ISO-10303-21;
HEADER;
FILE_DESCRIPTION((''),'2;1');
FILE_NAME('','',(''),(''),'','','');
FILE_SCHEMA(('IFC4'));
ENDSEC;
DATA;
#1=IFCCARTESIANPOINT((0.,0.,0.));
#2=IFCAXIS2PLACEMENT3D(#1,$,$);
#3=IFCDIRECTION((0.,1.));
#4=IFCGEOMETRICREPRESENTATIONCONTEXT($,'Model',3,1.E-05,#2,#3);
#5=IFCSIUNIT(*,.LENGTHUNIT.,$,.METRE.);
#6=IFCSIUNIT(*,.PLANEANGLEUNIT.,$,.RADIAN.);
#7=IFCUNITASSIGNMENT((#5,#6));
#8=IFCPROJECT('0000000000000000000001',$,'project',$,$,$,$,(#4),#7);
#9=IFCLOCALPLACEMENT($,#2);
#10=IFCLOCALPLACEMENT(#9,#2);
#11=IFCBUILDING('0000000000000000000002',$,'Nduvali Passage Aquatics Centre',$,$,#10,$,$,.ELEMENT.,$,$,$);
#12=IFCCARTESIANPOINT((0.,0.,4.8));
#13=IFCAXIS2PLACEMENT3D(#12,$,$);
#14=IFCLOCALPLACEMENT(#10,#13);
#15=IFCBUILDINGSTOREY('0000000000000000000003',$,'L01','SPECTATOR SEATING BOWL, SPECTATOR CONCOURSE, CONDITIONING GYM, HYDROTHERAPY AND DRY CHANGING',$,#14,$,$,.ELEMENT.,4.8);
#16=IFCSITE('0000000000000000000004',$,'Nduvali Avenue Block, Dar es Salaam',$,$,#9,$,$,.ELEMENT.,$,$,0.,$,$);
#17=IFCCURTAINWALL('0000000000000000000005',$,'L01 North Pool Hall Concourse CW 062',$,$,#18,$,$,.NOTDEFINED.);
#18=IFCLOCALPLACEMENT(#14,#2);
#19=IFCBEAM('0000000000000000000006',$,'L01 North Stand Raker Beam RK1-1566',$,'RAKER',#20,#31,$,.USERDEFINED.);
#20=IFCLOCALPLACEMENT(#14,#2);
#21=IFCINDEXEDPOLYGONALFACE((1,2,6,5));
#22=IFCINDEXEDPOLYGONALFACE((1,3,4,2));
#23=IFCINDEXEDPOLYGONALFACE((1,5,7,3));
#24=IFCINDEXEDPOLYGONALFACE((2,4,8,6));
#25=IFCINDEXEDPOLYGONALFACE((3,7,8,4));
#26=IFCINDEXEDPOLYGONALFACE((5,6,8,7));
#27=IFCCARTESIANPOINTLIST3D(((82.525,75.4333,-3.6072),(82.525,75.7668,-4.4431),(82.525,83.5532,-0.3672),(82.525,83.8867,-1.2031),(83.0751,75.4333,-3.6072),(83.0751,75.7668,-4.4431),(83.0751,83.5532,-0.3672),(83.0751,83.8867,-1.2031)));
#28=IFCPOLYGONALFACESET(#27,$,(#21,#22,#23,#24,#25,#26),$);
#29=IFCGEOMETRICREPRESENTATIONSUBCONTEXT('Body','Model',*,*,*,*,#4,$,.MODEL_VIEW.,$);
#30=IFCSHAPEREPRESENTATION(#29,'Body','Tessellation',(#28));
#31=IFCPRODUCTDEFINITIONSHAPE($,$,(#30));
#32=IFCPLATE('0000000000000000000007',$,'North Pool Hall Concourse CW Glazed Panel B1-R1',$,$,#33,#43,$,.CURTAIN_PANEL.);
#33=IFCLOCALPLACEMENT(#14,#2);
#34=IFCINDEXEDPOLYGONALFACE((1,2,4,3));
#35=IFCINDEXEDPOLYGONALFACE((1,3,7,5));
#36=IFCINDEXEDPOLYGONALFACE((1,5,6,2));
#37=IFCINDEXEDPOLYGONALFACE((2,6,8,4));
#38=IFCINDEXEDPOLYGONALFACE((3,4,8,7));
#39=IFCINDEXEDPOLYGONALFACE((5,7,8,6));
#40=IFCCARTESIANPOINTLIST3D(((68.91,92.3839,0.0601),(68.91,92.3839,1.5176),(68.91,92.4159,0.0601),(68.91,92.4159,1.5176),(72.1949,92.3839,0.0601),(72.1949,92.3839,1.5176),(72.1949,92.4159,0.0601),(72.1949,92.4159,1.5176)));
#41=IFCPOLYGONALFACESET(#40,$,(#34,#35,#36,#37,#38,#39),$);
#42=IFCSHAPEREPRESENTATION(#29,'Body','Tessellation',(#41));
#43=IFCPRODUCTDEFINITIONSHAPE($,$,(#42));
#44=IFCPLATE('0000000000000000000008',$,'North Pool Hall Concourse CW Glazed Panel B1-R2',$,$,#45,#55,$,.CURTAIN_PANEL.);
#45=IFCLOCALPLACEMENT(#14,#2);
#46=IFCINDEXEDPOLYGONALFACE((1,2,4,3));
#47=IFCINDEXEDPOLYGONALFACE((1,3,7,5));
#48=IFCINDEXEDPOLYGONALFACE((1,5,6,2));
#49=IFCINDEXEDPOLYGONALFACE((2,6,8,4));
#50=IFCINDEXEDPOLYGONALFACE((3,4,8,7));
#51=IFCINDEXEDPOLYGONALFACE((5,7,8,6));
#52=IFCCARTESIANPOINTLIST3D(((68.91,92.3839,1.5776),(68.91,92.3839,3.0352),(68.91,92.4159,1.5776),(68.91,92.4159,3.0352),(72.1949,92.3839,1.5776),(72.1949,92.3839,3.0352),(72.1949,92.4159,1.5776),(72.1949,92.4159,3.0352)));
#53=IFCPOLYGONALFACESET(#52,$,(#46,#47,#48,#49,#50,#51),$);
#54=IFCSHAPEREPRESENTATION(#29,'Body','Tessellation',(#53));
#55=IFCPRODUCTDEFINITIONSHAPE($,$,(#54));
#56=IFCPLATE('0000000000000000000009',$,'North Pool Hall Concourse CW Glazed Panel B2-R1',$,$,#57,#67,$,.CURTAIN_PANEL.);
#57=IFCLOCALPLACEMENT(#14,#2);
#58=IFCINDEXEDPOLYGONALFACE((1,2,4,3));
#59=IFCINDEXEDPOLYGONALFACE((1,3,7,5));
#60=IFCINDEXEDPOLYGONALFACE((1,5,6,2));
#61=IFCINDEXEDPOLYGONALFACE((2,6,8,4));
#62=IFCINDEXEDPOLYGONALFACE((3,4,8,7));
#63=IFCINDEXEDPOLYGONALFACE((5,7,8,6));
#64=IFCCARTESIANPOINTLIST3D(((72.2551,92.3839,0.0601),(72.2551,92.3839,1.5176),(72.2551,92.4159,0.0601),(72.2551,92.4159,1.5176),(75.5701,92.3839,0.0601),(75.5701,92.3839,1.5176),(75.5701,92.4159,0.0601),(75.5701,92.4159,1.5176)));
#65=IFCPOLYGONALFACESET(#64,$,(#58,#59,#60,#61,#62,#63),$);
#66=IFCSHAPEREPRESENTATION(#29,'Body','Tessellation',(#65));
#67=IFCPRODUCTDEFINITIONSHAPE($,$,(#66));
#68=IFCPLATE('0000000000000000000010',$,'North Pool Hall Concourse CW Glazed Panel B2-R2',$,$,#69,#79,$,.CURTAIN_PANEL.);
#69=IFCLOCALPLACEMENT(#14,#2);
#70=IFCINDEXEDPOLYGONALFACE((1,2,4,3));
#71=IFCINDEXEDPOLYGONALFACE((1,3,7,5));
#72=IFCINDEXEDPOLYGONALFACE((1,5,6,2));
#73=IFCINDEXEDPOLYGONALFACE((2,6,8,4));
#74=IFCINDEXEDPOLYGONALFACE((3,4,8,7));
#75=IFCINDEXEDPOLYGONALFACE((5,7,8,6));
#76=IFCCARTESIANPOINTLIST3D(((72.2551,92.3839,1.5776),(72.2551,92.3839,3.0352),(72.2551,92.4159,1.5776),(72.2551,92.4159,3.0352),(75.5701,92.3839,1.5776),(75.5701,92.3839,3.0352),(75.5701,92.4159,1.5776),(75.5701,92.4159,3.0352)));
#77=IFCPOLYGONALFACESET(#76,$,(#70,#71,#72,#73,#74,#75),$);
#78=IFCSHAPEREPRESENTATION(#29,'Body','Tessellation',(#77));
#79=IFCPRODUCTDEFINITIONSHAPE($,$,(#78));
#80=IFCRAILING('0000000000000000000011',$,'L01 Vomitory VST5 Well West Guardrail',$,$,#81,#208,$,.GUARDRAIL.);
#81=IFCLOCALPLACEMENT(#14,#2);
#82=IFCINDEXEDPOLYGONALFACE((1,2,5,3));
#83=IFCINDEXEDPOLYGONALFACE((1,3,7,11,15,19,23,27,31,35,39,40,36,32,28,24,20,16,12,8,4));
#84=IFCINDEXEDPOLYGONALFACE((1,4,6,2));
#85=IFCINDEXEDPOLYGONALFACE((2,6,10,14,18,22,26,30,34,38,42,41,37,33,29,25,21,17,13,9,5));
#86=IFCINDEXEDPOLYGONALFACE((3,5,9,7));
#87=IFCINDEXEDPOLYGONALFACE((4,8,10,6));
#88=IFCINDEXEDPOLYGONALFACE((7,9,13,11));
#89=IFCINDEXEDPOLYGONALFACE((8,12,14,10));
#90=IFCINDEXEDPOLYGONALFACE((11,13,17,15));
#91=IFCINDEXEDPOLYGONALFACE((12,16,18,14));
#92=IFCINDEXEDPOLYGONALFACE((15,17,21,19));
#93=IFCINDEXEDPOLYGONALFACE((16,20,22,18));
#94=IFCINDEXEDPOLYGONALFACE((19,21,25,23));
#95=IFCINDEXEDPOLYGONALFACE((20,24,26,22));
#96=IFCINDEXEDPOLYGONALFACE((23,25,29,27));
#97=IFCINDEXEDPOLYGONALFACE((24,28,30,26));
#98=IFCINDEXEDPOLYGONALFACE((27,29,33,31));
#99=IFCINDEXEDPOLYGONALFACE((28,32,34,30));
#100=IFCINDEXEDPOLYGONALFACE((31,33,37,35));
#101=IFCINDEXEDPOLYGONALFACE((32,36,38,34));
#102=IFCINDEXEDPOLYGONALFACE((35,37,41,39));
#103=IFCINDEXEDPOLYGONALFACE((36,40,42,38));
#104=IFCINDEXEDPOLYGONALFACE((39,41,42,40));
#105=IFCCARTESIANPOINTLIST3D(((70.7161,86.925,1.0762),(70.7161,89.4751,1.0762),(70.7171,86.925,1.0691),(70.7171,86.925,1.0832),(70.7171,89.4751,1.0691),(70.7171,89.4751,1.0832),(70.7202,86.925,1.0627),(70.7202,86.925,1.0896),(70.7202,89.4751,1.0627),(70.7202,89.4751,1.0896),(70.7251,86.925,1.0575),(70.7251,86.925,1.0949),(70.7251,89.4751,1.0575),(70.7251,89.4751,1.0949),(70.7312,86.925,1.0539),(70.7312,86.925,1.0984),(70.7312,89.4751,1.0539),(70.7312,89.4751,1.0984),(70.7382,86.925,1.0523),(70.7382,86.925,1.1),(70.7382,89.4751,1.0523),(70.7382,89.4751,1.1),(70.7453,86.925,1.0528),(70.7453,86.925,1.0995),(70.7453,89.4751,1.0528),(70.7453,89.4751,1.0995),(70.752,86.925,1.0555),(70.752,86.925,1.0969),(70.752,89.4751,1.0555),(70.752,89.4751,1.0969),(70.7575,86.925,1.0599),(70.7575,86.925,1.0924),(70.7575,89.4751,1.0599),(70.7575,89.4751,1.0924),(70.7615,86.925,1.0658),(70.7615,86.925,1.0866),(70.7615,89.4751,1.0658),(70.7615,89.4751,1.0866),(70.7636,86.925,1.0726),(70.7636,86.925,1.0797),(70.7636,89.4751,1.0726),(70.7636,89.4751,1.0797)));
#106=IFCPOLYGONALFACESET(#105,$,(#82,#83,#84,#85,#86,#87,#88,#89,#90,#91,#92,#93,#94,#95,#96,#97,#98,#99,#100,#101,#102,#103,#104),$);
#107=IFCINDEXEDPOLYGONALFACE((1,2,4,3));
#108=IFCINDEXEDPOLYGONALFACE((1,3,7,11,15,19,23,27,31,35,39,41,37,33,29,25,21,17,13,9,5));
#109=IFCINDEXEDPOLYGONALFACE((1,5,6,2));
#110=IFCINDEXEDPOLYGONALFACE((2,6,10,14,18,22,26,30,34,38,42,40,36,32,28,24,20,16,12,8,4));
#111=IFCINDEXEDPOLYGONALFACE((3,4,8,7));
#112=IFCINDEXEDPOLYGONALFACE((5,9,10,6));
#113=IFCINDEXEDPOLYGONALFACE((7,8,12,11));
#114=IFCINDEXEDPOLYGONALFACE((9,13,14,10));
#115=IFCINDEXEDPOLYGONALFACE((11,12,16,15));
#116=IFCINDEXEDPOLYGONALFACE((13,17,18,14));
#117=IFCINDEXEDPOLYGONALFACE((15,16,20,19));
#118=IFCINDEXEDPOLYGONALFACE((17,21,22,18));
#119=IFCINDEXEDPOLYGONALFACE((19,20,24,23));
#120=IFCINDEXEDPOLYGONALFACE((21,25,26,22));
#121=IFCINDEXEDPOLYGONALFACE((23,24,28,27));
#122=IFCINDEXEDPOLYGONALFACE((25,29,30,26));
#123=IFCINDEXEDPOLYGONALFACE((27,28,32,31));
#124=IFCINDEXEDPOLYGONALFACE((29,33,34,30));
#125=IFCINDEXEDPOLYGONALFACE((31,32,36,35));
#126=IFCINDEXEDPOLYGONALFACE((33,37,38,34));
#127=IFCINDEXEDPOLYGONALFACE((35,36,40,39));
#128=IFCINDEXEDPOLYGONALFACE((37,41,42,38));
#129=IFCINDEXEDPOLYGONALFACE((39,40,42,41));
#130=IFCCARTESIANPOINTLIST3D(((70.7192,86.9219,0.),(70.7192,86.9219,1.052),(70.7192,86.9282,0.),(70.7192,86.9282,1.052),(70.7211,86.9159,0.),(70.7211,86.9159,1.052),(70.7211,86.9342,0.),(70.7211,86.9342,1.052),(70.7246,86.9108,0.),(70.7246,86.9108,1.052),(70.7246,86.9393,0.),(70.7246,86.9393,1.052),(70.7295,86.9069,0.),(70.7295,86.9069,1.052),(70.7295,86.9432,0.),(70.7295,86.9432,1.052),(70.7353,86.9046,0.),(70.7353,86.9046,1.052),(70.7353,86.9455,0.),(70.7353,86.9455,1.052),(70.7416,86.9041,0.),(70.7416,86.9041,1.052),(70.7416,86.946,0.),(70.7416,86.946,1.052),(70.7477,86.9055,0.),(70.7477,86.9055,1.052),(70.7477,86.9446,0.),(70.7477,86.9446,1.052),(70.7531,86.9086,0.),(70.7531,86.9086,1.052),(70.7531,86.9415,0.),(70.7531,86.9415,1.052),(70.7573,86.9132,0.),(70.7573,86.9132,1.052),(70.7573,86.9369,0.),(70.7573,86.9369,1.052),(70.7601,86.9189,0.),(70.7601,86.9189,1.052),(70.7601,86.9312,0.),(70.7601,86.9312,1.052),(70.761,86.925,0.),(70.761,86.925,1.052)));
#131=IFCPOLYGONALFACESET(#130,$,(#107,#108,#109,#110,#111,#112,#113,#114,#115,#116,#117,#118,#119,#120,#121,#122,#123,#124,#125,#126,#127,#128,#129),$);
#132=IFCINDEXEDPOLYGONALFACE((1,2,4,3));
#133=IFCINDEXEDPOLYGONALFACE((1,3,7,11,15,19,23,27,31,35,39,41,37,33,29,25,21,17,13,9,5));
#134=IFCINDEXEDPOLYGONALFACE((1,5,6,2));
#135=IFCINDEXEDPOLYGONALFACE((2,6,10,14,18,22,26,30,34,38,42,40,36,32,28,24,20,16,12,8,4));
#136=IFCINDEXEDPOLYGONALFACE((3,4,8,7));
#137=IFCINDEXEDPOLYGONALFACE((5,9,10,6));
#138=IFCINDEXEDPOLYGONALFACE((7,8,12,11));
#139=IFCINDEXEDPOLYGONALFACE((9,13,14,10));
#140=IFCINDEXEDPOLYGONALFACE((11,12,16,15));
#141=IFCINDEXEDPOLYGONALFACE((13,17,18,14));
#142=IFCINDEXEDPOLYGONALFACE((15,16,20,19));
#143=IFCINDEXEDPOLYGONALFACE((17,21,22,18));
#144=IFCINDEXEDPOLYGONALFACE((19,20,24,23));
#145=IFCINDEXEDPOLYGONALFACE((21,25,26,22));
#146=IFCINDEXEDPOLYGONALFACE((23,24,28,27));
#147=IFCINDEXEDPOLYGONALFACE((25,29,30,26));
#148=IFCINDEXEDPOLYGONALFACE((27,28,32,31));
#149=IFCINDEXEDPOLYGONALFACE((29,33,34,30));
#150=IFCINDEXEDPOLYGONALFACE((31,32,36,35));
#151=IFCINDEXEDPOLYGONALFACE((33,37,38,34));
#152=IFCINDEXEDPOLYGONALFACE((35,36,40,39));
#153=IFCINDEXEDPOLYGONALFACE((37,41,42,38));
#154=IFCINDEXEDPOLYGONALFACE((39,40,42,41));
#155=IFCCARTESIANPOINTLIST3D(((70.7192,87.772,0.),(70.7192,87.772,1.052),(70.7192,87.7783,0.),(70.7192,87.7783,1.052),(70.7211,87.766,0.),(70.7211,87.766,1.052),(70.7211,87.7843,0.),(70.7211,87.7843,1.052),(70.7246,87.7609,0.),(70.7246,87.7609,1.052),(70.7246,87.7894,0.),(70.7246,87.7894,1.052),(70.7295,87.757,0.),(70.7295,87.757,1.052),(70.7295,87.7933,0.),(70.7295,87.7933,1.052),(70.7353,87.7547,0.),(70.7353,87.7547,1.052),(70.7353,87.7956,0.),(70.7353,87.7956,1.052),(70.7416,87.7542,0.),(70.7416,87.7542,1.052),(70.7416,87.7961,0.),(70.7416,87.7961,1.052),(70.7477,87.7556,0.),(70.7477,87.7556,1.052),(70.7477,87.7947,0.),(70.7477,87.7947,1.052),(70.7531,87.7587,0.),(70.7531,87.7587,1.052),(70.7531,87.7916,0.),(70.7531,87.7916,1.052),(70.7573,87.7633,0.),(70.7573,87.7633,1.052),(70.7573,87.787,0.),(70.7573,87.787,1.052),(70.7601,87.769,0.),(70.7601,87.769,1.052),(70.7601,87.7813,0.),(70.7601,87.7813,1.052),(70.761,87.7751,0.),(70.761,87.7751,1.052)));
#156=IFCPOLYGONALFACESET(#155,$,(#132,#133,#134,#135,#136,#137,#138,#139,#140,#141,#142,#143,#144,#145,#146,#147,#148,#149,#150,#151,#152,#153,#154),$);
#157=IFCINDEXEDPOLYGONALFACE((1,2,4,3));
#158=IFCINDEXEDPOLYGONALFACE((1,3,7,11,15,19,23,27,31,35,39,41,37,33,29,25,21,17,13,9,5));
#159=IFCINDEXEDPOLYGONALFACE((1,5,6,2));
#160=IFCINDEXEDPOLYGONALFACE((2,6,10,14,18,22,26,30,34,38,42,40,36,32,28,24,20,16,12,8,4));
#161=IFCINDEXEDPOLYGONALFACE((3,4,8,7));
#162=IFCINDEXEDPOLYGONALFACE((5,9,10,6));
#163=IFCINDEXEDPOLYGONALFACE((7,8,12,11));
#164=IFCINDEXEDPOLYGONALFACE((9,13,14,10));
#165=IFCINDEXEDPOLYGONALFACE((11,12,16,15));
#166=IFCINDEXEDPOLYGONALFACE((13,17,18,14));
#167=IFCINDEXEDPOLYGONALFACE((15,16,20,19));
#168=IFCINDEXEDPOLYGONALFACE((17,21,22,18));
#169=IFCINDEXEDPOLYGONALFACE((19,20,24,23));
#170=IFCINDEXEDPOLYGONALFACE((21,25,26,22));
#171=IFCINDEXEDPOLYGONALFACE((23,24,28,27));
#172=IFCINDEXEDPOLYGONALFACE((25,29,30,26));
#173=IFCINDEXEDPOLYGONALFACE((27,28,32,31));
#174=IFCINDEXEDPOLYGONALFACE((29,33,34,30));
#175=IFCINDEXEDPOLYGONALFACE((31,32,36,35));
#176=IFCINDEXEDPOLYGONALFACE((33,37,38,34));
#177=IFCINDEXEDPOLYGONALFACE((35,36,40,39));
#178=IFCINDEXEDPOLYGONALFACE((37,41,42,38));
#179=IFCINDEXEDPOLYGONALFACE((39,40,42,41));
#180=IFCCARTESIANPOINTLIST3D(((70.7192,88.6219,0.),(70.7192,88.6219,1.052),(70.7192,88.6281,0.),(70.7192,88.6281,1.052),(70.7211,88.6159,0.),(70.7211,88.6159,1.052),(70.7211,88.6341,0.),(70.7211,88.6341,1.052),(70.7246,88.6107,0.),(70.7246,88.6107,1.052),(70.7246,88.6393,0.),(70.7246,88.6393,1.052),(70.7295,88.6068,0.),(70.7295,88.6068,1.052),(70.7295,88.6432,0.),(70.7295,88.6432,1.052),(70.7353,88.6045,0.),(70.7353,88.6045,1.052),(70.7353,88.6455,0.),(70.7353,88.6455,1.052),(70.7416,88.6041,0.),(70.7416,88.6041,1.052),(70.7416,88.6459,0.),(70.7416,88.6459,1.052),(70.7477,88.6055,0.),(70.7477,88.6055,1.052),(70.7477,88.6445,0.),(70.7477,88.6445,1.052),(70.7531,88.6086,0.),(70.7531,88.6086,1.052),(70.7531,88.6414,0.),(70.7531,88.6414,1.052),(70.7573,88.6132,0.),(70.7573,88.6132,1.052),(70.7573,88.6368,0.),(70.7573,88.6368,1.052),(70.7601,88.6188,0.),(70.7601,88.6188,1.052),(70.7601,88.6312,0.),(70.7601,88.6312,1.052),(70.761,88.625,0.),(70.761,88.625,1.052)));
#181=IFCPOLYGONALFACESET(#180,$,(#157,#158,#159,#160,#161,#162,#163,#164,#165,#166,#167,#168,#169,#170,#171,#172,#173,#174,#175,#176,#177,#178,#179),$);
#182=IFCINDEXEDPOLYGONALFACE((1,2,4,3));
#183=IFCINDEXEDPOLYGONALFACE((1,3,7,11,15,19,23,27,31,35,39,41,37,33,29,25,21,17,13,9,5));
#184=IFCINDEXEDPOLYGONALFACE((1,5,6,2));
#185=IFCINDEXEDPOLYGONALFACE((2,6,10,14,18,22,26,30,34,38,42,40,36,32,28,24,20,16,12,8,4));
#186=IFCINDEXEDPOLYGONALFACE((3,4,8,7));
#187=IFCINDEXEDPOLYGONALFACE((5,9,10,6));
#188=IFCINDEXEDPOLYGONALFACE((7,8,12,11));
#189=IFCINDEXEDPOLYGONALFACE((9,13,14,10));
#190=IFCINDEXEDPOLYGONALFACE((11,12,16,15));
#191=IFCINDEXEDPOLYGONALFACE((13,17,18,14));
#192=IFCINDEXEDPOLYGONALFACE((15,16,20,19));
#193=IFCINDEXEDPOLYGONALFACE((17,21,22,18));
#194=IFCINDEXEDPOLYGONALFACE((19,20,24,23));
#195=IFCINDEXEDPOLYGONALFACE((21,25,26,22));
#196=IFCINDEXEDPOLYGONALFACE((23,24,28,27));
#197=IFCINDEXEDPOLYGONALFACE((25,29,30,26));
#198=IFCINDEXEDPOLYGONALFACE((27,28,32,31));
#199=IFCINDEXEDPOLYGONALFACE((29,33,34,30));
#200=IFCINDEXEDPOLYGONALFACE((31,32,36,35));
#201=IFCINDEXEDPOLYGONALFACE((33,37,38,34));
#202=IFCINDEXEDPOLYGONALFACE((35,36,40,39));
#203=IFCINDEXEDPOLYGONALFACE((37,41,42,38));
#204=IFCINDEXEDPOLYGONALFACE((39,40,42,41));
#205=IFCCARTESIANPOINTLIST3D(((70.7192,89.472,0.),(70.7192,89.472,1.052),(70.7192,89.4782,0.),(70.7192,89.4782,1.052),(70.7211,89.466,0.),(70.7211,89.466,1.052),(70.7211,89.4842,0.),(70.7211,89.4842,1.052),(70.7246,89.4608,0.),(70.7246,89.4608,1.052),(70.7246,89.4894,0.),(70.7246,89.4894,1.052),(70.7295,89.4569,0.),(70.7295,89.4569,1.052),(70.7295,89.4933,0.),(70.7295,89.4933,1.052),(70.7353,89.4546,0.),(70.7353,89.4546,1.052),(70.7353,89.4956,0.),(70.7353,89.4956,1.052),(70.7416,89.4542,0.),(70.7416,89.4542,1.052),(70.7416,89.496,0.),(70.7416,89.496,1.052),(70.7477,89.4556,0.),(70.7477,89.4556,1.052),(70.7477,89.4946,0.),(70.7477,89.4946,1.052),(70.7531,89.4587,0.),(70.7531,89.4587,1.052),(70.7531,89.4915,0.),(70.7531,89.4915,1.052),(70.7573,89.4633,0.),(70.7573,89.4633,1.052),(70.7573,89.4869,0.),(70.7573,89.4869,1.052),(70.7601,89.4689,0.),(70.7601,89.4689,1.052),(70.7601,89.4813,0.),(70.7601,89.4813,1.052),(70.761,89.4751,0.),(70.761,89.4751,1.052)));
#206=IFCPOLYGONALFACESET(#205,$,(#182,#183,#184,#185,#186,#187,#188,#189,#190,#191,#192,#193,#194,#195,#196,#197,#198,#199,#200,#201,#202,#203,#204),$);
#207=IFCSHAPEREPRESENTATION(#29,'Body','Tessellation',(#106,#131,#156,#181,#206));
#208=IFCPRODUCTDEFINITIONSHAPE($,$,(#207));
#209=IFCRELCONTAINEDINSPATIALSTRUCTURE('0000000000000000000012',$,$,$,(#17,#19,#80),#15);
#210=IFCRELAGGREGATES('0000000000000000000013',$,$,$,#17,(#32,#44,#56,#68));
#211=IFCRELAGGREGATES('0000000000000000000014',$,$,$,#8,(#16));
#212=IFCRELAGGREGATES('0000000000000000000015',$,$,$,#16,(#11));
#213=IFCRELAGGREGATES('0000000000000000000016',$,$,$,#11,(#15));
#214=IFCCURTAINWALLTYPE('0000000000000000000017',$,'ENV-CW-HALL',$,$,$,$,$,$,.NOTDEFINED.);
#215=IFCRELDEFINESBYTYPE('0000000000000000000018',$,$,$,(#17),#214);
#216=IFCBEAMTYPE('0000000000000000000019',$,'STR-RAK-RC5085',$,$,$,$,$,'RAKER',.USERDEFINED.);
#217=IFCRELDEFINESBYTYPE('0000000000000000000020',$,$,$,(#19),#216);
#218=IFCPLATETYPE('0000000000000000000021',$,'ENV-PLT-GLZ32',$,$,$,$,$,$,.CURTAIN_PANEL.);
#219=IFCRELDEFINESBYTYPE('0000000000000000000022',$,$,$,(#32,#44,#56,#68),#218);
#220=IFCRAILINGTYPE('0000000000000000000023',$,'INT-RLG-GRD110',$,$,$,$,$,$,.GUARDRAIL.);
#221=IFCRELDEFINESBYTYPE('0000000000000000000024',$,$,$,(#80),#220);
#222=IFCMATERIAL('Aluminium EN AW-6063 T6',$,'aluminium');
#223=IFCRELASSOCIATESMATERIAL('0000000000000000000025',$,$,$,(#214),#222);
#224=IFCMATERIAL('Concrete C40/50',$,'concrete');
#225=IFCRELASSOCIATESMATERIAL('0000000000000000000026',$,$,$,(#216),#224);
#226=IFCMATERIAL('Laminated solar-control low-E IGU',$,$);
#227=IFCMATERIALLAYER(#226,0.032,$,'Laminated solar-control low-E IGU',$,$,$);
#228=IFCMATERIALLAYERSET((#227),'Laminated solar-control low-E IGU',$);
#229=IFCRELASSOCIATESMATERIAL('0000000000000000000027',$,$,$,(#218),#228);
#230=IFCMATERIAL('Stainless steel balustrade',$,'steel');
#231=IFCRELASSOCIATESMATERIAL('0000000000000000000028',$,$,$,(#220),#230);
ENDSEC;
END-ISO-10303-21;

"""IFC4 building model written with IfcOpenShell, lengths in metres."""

from ifc_helpers import new_model, si_unit, direction, frame, origin, origin_2d, place, context, subcontext, project, spatial, rectangle, circle, extrude, material, layer, layer_set, material_profile, profile_set, type_object, element, aggregate, save


model = new_model("IFC4")

# Units and contexts
model_context = context("Model", 3, precision=1e-05, world=origin(), true_north=direction((0.0, 1.0)))
body_context = subcontext(model_context, "Body", "Model", "MODEL_VIEW")
ifc_project = project(units=[si_unit("LENGTHUNIT", "METRE"), si_unit("PLANEANGLEUNIT", "RADIAN")], contexts=[model_context])

# Site, building, storey
site_placement = place(None, origin())
site = spatial("IfcSite", under=ifc_project, at=site_placement, Name="Nduvali Avenue Block, Dar es Salaam", CompositionType="ELEMENT", RefElevation=0.0)
building_placement = place(site_placement, origin())
building = spatial("IfcBuilding", under=site, at=building_placement, Name="Nduvali Passage Aquatics Centre", CompositionType="ELEMENT")
storey_placement = place(building_placement, frame((0.0, 0.0, 4.8)))
storey = spatial("IfcBuildingStorey", under=building, at=storey_placement, Name="L01", Description="SPECTATOR SEATING BOWL, SPECTATOR CONCOURSE, CONDITIONING GYM, HYDROTHERAPY AND DRY CHANGING", CompositionType="ELEMENT", Elevation=4.8)

# Curtain wall
ifc_material_1 = material(Name="Aluminium EN AW-6063 T6", Category="aluminium")
curtain_wall_type = type_object("IfcCurtainWallType", Name="ENV-CW-HALL", PredefinedType="NOTDEFINED", material=ifc_material_1)
curtain_wall_placement = place(storey_placement, origin())
curtain_wall = element("IfcCurtainWall", 1, at=curtain_wall_placement, inside=storey, type_object=curtain_wall_type, Name="L01 North Pool Hall Concourse CW 062", PredefinedType="NOTDEFINED")

# Beam
ifc_material_2 = material(Name="Concrete C40/50", Category="concrete")
ifc_material_profile_1 = material_profile(ifc_material_2, rectangle(XDim=0.55, YDim=0.8999, at=origin_2d()), Name="RC 550x900")
ifc_profile_set_1 = profile_set([ifc_material_profile_1], Name="Concrete C40/50")
beam_type_1 = type_object("IfcBeamType", Name="STR-RAK-RC5085", ElementType="RAKER", PredefinedType="USERDEFINED", material=ifc_profile_set_1)
beam_1_placement = place(storey_placement, frame((82.8, 83.72, -0.7852), z_axis=(0.0, -0.92879, -0.370606), x_axis=(1.0, 0.0, 0.0)))
element("IfcBeam", 2, at=beam_1_placement, inside=storey, type_object=beam_type_1, Name="L01 North Stand Raker Beam RK1-1566", ObjectType="RAKER", PredefinedType="USERDEFINED", context=body_context, shape_type="SweptSolid", body=[
    extrude(rectangle(XDim=0.55, YDim=0.8999, at=origin_2d()), origin(), (0.0, 0.0, 1.0), 8.7424),
])

# Plates
ifc_material_3 = material(Name="Laminated solar-control low-E IGU")
ifc_layer = layer(ifc_material_3, 0.032, Name="Laminated solar-control low-E IGU")
ifc_layer_set = layer_set([ifc_layer], Name="Laminated solar-control low-E IGU")
plate_type = type_object("IfcPlateType", Name="ENV-PLT-GLZ32", PredefinedType="CURTAIN_PANEL", material=ifc_layer_set)
plate_1_placement = place(storey_placement, frame((70.5525, 92.3999, 0.0601), z_axis=(0.0, 0.0, 1.0), x_axis=(1.0, 0.0, 0.0)))
plate_1 = element("IfcPlate", 3, at=plate_1_placement, type_object=plate_type, Name="North Pool Hall Concourse CW Glazed Panel B1-R1", PredefinedType="CURTAIN_PANEL", context=body_context, shape_type="SweptSolid", body=[
    extrude(rectangle(XDim=3.2849, YDim=0.032, at=origin_2d()), origin(), (0.0, 0.0, 1.0), 1.4575),
])
plate_2_placement = place(storey_placement, frame((70.5525, 92.3999, 1.5776), z_axis=(0.0, 0.0, 1.0), x_axis=(1.0, 0.0, 0.0)))
plate_2 = element("IfcPlate", 4, at=plate_2_placement, type_object=plate_type, Name="North Pool Hall Concourse CW Glazed Panel B1-R2", PredefinedType="CURTAIN_PANEL", context=body_context, shape_type="SweptSolid", body=[
    extrude(rectangle(XDim=3.2849, YDim=0.032, at=origin_2d()), origin(), (0.0, 0.0, 1.0), 1.4575),
])
plate_3_placement = place(storey_placement, frame((73.9126, 92.3999, 0.0601), z_axis=(0.0, 0.0, 1.0), x_axis=(1.0, 0.0, 0.0)))
plate_3 = element("IfcPlate", 5, at=plate_3_placement, type_object=plate_type, Name="North Pool Hall Concourse CW Glazed Panel B2-R1", PredefinedType="CURTAIN_PANEL", context=body_context, shape_type="SweptSolid", body=[
    extrude(rectangle(XDim=3.3149, YDim=0.032, at=origin_2d()), origin(), (0.0, 0.0, 1.0), 1.4575),
])
plate_4_placement = place(storey_placement, frame((73.9126, 92.3999, 1.5776), z_axis=(0.0, 0.0, 1.0), x_axis=(1.0, 0.0, 0.0)))
plate_4 = element("IfcPlate", 6, at=plate_4_placement, type_object=plate_type, Name="North Pool Hall Concourse CW Glazed Panel B2-R2", PredefinedType="CURTAIN_PANEL", context=body_context, shape_type="SweptSolid", body=[
    extrude(rectangle(XDim=3.3149, YDim=0.032, at=origin_2d()), origin(), (0.0, 0.0, 1.0), 1.4575),
])
aggregate(curtain_wall, [plate_1, plate_2, plate_3, plate_4])

# Railing
ifc_material_4 = material(Name="Stainless steel balustrade", Category="steel")
railing_type = type_object("IfcRailingType", Name="INT-RLG-GRD110", PredefinedType="GUARDRAIL", material=ifc_material_4)
railing_placement = place(storey_placement, frame((70.74, 86.925, 0.0)))
element("IfcRailing", 7, at=railing_placement, inside=storey, type_object=railing_type, Name="L01 Vomitory VST5 Well West Guardrail", PredefinedType="GUARDRAIL", context=body_context, shape_type="SweptSolid", body=[
    extrude(circle(Radius=0.0239, at=origin_2d()), frame((0.0, 0.0, 1.0762), z_axis=(0.0, 1.0, 0.0), x_axis=(-1.0, 0.0, 0.0)), (0.0, 0.0, 1.0), 2.55),
    extrude(circle(Radius=0.021, at=origin_2d()), origin(), (0.0, 0.0, 1.0), 1.052),
    extrude(circle(Radius=0.021, at=origin_2d()), frame((0.0, 0.8501, 0.0)), (0.0, 0.0, 1.0), 1.052),
    extrude(circle(Radius=0.021, at=origin_2d()), frame((0.0, 1.7, 0.0)), (0.0, 0.0, 1.0), 1.052),
    extrude(circle(Radius=0.021, at=origin_2d()), frame((0.0, 2.55, 0.0)), (0.0, 0.0, 1.0), 1.052),
])

save(model, "model.ifc")
